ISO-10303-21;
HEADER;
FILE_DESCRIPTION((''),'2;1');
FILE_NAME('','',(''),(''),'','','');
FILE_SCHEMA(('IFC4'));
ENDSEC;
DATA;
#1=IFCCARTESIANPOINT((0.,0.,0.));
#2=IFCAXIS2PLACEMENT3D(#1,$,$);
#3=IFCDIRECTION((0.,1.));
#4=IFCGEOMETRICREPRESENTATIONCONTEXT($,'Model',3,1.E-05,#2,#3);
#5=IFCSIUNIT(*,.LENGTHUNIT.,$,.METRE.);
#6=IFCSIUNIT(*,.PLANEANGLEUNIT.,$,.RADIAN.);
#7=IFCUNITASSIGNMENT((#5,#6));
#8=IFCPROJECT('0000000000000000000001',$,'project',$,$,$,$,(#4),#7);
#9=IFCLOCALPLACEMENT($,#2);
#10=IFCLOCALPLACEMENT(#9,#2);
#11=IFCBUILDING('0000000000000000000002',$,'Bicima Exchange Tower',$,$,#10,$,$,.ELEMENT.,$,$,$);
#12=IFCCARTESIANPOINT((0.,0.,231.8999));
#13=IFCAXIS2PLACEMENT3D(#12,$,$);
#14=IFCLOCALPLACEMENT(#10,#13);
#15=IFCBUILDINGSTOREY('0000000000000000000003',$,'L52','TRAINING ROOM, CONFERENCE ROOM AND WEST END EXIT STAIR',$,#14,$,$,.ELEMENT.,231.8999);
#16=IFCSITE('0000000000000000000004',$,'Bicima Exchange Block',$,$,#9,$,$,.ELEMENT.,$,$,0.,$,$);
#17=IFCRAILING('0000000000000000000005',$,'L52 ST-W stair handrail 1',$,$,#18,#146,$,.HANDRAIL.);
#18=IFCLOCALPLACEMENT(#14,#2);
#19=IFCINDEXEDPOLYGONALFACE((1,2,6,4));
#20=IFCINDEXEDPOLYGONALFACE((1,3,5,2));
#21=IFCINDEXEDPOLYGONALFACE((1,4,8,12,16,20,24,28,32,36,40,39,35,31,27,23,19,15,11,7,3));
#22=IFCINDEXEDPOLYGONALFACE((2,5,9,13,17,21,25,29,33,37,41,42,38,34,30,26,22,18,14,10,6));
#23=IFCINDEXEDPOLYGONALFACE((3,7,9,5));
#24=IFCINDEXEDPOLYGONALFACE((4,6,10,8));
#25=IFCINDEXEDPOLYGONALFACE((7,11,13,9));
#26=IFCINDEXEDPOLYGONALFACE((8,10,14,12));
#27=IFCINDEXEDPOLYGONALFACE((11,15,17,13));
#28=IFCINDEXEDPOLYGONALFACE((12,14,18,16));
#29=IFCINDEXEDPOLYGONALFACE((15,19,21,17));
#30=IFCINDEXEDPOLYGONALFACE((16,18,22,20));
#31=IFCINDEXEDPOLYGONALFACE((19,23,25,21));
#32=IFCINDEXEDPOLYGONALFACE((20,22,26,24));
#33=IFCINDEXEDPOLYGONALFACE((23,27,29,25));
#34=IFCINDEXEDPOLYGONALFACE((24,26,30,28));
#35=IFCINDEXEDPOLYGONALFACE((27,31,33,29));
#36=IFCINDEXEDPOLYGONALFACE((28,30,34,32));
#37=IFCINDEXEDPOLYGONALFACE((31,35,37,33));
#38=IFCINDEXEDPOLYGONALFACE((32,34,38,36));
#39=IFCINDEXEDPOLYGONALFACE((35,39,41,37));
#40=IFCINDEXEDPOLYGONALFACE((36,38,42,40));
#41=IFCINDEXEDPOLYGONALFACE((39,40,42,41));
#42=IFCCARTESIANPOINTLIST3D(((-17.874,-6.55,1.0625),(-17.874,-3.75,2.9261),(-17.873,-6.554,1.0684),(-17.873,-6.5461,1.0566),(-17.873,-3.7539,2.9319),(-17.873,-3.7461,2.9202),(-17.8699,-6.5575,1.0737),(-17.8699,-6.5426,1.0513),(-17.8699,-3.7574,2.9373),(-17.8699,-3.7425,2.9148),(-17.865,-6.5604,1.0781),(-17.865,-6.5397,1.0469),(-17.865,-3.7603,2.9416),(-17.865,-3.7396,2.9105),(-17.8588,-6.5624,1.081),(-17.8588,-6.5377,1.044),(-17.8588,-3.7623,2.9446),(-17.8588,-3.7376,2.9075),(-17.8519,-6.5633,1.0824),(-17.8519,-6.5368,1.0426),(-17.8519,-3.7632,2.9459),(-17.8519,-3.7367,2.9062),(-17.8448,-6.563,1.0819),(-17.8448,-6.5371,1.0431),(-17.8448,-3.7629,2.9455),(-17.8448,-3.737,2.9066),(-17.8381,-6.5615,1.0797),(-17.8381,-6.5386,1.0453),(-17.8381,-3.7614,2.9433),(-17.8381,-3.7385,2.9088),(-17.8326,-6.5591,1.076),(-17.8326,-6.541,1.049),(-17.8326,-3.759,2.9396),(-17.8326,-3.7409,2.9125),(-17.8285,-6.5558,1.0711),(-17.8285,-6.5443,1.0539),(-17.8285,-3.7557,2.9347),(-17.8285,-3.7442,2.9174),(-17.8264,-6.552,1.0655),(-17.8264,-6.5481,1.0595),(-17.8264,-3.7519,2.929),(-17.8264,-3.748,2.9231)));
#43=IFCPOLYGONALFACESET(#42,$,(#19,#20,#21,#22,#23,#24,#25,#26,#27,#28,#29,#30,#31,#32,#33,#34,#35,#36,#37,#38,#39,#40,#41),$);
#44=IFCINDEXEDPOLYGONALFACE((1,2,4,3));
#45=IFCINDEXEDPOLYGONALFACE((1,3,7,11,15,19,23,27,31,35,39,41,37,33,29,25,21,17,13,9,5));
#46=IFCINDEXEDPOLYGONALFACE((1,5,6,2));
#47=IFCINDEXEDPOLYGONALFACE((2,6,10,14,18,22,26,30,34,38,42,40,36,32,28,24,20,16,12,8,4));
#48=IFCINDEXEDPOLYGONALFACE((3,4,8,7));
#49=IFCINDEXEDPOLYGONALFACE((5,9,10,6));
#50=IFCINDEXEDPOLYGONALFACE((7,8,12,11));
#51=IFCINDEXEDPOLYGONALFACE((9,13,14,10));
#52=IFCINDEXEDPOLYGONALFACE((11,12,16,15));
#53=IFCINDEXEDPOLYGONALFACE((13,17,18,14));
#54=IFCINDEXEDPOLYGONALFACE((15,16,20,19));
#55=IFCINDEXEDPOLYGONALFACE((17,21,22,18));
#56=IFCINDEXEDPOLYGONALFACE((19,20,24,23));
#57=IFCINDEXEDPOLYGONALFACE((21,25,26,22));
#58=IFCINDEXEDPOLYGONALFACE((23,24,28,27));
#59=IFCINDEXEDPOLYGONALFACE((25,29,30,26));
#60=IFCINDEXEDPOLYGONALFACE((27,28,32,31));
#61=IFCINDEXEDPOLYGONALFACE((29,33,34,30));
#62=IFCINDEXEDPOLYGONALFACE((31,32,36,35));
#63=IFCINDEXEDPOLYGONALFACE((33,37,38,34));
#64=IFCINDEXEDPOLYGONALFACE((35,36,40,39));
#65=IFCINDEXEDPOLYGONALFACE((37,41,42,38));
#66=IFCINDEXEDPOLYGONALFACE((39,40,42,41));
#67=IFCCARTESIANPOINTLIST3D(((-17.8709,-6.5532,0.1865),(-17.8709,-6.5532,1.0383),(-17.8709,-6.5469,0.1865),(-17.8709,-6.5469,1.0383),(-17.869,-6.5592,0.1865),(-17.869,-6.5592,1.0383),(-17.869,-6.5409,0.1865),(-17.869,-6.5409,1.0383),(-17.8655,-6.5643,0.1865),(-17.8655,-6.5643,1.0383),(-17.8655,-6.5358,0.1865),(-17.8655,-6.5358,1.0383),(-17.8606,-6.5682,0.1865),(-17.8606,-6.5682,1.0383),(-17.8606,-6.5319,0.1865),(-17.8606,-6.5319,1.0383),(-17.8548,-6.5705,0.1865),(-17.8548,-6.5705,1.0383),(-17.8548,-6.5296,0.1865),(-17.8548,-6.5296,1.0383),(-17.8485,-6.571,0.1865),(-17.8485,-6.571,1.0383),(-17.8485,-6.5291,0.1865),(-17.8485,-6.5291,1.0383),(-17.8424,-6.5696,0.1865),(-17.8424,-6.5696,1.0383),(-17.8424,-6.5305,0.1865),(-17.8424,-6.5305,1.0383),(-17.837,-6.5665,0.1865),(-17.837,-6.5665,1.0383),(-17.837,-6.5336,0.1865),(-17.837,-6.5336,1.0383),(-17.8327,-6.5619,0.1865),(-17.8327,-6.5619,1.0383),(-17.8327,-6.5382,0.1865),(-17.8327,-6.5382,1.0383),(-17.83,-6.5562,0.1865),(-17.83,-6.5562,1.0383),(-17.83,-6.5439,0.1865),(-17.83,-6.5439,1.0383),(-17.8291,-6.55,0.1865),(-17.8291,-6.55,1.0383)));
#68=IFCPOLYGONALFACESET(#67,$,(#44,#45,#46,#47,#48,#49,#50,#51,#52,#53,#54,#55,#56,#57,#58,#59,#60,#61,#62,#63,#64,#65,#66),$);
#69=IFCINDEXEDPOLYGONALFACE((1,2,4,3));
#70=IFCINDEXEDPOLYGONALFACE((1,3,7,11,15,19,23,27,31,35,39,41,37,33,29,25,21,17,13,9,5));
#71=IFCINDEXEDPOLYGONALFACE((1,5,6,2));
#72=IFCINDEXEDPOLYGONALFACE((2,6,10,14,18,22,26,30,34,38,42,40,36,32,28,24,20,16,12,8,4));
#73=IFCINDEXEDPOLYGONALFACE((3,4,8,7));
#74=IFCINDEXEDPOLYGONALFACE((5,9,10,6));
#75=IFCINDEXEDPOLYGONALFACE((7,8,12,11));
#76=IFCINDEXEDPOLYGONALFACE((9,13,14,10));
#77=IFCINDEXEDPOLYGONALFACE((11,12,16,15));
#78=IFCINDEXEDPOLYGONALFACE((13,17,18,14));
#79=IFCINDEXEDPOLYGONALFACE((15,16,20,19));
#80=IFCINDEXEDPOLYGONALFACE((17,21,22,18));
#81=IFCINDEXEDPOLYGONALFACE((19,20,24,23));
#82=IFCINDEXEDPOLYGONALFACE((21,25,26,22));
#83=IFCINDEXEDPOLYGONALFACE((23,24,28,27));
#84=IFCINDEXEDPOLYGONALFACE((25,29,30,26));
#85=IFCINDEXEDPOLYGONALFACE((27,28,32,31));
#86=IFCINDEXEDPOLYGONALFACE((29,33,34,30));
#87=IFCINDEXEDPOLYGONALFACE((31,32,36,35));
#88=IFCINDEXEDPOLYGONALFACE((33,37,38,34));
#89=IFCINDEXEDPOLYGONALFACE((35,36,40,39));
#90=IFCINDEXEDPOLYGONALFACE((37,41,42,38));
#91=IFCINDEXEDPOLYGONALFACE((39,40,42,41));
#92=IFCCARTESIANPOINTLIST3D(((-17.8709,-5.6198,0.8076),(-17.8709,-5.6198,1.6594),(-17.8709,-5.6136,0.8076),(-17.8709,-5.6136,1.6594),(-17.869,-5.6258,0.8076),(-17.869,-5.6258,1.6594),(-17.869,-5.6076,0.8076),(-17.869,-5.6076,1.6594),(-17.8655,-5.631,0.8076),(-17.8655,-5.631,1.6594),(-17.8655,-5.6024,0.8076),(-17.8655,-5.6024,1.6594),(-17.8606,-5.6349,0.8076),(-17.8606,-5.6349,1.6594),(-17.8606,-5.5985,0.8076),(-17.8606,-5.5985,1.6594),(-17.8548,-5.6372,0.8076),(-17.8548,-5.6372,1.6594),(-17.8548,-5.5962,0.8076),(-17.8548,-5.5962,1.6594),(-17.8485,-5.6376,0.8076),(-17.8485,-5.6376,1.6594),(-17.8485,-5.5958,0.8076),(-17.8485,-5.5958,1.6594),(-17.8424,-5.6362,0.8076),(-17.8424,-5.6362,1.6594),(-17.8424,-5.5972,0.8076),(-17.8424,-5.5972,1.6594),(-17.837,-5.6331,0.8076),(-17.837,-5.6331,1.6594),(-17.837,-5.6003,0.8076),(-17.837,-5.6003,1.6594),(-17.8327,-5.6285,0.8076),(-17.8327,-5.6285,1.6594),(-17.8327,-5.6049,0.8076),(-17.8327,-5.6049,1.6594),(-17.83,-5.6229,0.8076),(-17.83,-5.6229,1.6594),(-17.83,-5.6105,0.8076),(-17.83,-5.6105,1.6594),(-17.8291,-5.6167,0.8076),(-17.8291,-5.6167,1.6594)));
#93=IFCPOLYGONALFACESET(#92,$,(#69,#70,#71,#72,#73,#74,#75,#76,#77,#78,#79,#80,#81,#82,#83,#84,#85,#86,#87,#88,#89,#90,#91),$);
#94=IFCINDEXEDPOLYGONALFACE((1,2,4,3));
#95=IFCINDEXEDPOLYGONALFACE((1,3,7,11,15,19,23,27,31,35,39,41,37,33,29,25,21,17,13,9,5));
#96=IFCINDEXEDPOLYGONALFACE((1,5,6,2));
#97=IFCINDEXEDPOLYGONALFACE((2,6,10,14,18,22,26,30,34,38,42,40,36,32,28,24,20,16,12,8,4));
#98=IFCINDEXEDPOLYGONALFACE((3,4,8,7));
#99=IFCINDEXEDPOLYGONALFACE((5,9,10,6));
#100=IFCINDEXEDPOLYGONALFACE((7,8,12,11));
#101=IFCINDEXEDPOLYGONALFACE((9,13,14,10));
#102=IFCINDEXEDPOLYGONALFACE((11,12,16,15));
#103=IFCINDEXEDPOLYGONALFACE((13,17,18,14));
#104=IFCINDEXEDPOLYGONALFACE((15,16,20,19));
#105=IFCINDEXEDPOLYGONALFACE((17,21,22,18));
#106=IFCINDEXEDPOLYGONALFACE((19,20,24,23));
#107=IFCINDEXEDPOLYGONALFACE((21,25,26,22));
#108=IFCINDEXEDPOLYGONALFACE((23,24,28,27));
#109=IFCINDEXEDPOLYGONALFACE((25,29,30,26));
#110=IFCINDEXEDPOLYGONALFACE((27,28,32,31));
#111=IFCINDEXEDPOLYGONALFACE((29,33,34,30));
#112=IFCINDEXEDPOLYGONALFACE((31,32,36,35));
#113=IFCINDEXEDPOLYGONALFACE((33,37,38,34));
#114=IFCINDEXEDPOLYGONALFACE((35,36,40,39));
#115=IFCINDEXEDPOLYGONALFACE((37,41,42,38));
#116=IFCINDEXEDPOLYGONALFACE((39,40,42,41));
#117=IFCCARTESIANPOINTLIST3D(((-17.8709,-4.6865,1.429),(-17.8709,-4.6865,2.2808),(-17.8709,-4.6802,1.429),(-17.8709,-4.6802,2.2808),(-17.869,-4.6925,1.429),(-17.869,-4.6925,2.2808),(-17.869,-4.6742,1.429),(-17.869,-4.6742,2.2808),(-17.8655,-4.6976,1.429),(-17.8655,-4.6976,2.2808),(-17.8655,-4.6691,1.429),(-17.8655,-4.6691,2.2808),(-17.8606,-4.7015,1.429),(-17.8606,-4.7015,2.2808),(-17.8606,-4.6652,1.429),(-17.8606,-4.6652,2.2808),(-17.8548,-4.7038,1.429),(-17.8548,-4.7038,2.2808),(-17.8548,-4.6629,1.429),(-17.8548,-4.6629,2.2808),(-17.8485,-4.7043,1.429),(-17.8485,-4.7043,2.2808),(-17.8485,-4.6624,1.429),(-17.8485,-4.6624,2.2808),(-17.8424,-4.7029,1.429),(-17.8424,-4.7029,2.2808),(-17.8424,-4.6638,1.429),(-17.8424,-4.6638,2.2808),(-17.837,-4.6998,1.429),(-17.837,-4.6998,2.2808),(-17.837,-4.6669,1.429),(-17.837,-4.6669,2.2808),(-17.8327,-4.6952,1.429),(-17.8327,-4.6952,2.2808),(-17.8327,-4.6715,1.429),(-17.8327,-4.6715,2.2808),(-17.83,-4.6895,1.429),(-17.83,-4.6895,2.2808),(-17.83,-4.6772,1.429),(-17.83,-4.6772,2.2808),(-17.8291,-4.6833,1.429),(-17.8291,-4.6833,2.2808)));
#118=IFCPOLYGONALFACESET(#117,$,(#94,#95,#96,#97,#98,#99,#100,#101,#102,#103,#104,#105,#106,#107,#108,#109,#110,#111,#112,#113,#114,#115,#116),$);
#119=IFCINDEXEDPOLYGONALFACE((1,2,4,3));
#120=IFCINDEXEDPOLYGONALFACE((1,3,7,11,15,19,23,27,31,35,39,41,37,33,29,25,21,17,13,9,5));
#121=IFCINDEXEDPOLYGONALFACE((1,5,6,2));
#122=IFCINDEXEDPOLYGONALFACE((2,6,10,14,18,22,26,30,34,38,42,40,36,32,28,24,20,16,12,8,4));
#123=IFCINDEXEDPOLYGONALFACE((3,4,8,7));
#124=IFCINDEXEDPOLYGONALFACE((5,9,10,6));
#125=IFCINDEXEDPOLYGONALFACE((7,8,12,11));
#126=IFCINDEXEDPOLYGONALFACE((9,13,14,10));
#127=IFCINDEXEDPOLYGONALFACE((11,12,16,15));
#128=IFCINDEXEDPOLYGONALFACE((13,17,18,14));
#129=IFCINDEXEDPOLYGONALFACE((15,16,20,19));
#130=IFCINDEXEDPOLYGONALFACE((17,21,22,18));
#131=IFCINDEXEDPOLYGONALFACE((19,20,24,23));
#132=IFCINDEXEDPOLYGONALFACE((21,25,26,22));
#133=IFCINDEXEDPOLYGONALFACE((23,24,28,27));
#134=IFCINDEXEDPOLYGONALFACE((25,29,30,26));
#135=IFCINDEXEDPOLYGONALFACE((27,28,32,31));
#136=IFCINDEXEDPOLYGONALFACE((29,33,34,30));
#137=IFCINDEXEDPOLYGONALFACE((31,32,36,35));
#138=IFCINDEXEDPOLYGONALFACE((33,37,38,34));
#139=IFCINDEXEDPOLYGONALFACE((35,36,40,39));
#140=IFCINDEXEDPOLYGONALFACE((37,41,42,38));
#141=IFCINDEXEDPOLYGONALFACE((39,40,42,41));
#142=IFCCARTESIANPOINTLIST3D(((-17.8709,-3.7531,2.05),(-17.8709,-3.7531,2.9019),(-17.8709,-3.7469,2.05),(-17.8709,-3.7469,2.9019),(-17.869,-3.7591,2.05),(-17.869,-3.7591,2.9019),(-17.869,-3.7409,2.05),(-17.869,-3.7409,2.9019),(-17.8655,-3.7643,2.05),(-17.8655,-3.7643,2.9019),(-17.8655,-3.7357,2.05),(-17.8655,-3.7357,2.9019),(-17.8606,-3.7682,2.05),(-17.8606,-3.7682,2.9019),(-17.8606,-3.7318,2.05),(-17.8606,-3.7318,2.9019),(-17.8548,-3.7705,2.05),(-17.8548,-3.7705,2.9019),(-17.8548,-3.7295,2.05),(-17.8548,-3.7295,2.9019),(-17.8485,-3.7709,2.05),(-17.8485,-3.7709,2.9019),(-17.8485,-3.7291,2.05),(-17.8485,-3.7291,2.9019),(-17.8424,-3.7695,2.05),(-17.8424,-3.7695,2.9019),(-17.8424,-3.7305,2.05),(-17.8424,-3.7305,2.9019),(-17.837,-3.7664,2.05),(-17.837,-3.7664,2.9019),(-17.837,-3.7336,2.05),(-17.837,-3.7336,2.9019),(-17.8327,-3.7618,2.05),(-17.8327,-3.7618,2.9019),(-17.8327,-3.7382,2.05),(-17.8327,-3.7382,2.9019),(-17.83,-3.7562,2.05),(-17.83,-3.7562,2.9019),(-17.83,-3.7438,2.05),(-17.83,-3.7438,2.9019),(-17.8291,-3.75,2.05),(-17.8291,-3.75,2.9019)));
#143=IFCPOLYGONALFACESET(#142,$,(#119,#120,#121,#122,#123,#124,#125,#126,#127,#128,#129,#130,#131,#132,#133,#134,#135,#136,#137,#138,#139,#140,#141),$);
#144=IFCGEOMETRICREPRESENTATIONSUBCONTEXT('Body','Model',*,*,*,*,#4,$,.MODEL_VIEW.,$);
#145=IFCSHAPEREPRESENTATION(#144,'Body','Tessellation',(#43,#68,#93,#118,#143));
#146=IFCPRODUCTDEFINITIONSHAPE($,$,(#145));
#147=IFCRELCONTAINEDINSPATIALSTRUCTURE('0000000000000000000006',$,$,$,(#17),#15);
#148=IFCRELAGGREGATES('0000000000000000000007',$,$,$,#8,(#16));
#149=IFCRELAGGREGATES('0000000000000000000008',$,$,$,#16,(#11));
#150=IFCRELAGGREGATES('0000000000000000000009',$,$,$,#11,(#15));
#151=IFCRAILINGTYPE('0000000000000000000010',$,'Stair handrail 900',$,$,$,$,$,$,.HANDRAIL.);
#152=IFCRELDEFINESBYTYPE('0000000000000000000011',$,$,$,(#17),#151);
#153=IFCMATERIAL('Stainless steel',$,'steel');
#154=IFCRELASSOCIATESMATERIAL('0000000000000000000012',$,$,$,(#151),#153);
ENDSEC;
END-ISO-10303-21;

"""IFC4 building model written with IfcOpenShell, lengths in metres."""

from ifc_helpers import new_model, si_unit, direction, frame, origin, origin_2d, place, context, subcontext, project, spatial, circle, extrude, material, type_object, element, save


model = new_model("IFC4")

# Units and contexts
model_context = context("Model", 3, precision=1e-05, world=origin(), true_north=direction((0.0, 1.0)))
body_context = subcontext(model_context, "Body", "Model", "MODEL_VIEW")
ifc_project = project(units=[si_unit("LENGTHUNIT", "METRE"), si_unit("PLANEANGLEUNIT", "RADIAN")], contexts=[model_context])

# Site, building, storey
site_placement = place(None, origin())
site = spatial("IfcSite", under=ifc_project, at=site_placement, Name="Bicima Exchange Block", CompositionType="ELEMENT", RefElevation=0.0)
building_placement = place(site_placement, origin())
building = spatial("IfcBuilding", under=site, at=building_placement, Name="Bicima Exchange Tower", CompositionType="ELEMENT")
storey_placement = place(building_placement, frame((0.0, 0.0, 231.8999)))
storey = spatial("IfcBuildingStorey", under=building, at=storey_placement, Name="L52", Description="TRAINING ROOM, CONFERENCE ROOM AND WEST END EXIT STAIR", CompositionType="ELEMENT", Elevation=231.8999)

# Shared definitions
ifc_material_1 = material(Name="Stainless steel", Category="steel")

# Railing
railing_type_1 = type_object("IfcRailingType", Name="Stair handrail 900", PredefinedType="HANDRAIL", material=ifc_material_1)
railing_1_placement = place(storey_placement, frame((-17.8501, -6.55, 0.1865)))
element("IfcRailing", 1, at=railing_1_placement, inside=storey, type_object=railing_type_1, Name="L52 ST-W stair handrail 1", PredefinedType="HANDRAIL", context=body_context, shape_type="SweptSolid", body=[
    extrude(circle(Radius=0.0239, at=origin_2d()), frame((0.0, 0.0, 0.876), z_axis=(0.0, 0.832486, 0.554047), x_axis=(-1.0, 0.0, 0.0)), (0.0, 0.0, 1.0), 3.3635),
    extrude(circle(Radius=0.021, at=origin_2d()), origin(), (0.0, 0.0, 1.0), 0.8518),
    extrude(circle(Radius=0.021, at=origin_2d()), frame((0.0, 0.9333, 0.6211)), (0.0, 0.0, 1.0), 0.8518),
    extrude(circle(Radius=0.021, at=origin_2d()), frame((0.0, 1.8667, 1.2424)), (0.0, 0.0, 1.0), 0.8518),
    extrude(circle(Radius=0.021, at=origin_2d()), frame((0.0, 2.8, 1.8635)), (0.0, 0.0, 1.0), 0.8518),
])

save(model, "model.ifc")
